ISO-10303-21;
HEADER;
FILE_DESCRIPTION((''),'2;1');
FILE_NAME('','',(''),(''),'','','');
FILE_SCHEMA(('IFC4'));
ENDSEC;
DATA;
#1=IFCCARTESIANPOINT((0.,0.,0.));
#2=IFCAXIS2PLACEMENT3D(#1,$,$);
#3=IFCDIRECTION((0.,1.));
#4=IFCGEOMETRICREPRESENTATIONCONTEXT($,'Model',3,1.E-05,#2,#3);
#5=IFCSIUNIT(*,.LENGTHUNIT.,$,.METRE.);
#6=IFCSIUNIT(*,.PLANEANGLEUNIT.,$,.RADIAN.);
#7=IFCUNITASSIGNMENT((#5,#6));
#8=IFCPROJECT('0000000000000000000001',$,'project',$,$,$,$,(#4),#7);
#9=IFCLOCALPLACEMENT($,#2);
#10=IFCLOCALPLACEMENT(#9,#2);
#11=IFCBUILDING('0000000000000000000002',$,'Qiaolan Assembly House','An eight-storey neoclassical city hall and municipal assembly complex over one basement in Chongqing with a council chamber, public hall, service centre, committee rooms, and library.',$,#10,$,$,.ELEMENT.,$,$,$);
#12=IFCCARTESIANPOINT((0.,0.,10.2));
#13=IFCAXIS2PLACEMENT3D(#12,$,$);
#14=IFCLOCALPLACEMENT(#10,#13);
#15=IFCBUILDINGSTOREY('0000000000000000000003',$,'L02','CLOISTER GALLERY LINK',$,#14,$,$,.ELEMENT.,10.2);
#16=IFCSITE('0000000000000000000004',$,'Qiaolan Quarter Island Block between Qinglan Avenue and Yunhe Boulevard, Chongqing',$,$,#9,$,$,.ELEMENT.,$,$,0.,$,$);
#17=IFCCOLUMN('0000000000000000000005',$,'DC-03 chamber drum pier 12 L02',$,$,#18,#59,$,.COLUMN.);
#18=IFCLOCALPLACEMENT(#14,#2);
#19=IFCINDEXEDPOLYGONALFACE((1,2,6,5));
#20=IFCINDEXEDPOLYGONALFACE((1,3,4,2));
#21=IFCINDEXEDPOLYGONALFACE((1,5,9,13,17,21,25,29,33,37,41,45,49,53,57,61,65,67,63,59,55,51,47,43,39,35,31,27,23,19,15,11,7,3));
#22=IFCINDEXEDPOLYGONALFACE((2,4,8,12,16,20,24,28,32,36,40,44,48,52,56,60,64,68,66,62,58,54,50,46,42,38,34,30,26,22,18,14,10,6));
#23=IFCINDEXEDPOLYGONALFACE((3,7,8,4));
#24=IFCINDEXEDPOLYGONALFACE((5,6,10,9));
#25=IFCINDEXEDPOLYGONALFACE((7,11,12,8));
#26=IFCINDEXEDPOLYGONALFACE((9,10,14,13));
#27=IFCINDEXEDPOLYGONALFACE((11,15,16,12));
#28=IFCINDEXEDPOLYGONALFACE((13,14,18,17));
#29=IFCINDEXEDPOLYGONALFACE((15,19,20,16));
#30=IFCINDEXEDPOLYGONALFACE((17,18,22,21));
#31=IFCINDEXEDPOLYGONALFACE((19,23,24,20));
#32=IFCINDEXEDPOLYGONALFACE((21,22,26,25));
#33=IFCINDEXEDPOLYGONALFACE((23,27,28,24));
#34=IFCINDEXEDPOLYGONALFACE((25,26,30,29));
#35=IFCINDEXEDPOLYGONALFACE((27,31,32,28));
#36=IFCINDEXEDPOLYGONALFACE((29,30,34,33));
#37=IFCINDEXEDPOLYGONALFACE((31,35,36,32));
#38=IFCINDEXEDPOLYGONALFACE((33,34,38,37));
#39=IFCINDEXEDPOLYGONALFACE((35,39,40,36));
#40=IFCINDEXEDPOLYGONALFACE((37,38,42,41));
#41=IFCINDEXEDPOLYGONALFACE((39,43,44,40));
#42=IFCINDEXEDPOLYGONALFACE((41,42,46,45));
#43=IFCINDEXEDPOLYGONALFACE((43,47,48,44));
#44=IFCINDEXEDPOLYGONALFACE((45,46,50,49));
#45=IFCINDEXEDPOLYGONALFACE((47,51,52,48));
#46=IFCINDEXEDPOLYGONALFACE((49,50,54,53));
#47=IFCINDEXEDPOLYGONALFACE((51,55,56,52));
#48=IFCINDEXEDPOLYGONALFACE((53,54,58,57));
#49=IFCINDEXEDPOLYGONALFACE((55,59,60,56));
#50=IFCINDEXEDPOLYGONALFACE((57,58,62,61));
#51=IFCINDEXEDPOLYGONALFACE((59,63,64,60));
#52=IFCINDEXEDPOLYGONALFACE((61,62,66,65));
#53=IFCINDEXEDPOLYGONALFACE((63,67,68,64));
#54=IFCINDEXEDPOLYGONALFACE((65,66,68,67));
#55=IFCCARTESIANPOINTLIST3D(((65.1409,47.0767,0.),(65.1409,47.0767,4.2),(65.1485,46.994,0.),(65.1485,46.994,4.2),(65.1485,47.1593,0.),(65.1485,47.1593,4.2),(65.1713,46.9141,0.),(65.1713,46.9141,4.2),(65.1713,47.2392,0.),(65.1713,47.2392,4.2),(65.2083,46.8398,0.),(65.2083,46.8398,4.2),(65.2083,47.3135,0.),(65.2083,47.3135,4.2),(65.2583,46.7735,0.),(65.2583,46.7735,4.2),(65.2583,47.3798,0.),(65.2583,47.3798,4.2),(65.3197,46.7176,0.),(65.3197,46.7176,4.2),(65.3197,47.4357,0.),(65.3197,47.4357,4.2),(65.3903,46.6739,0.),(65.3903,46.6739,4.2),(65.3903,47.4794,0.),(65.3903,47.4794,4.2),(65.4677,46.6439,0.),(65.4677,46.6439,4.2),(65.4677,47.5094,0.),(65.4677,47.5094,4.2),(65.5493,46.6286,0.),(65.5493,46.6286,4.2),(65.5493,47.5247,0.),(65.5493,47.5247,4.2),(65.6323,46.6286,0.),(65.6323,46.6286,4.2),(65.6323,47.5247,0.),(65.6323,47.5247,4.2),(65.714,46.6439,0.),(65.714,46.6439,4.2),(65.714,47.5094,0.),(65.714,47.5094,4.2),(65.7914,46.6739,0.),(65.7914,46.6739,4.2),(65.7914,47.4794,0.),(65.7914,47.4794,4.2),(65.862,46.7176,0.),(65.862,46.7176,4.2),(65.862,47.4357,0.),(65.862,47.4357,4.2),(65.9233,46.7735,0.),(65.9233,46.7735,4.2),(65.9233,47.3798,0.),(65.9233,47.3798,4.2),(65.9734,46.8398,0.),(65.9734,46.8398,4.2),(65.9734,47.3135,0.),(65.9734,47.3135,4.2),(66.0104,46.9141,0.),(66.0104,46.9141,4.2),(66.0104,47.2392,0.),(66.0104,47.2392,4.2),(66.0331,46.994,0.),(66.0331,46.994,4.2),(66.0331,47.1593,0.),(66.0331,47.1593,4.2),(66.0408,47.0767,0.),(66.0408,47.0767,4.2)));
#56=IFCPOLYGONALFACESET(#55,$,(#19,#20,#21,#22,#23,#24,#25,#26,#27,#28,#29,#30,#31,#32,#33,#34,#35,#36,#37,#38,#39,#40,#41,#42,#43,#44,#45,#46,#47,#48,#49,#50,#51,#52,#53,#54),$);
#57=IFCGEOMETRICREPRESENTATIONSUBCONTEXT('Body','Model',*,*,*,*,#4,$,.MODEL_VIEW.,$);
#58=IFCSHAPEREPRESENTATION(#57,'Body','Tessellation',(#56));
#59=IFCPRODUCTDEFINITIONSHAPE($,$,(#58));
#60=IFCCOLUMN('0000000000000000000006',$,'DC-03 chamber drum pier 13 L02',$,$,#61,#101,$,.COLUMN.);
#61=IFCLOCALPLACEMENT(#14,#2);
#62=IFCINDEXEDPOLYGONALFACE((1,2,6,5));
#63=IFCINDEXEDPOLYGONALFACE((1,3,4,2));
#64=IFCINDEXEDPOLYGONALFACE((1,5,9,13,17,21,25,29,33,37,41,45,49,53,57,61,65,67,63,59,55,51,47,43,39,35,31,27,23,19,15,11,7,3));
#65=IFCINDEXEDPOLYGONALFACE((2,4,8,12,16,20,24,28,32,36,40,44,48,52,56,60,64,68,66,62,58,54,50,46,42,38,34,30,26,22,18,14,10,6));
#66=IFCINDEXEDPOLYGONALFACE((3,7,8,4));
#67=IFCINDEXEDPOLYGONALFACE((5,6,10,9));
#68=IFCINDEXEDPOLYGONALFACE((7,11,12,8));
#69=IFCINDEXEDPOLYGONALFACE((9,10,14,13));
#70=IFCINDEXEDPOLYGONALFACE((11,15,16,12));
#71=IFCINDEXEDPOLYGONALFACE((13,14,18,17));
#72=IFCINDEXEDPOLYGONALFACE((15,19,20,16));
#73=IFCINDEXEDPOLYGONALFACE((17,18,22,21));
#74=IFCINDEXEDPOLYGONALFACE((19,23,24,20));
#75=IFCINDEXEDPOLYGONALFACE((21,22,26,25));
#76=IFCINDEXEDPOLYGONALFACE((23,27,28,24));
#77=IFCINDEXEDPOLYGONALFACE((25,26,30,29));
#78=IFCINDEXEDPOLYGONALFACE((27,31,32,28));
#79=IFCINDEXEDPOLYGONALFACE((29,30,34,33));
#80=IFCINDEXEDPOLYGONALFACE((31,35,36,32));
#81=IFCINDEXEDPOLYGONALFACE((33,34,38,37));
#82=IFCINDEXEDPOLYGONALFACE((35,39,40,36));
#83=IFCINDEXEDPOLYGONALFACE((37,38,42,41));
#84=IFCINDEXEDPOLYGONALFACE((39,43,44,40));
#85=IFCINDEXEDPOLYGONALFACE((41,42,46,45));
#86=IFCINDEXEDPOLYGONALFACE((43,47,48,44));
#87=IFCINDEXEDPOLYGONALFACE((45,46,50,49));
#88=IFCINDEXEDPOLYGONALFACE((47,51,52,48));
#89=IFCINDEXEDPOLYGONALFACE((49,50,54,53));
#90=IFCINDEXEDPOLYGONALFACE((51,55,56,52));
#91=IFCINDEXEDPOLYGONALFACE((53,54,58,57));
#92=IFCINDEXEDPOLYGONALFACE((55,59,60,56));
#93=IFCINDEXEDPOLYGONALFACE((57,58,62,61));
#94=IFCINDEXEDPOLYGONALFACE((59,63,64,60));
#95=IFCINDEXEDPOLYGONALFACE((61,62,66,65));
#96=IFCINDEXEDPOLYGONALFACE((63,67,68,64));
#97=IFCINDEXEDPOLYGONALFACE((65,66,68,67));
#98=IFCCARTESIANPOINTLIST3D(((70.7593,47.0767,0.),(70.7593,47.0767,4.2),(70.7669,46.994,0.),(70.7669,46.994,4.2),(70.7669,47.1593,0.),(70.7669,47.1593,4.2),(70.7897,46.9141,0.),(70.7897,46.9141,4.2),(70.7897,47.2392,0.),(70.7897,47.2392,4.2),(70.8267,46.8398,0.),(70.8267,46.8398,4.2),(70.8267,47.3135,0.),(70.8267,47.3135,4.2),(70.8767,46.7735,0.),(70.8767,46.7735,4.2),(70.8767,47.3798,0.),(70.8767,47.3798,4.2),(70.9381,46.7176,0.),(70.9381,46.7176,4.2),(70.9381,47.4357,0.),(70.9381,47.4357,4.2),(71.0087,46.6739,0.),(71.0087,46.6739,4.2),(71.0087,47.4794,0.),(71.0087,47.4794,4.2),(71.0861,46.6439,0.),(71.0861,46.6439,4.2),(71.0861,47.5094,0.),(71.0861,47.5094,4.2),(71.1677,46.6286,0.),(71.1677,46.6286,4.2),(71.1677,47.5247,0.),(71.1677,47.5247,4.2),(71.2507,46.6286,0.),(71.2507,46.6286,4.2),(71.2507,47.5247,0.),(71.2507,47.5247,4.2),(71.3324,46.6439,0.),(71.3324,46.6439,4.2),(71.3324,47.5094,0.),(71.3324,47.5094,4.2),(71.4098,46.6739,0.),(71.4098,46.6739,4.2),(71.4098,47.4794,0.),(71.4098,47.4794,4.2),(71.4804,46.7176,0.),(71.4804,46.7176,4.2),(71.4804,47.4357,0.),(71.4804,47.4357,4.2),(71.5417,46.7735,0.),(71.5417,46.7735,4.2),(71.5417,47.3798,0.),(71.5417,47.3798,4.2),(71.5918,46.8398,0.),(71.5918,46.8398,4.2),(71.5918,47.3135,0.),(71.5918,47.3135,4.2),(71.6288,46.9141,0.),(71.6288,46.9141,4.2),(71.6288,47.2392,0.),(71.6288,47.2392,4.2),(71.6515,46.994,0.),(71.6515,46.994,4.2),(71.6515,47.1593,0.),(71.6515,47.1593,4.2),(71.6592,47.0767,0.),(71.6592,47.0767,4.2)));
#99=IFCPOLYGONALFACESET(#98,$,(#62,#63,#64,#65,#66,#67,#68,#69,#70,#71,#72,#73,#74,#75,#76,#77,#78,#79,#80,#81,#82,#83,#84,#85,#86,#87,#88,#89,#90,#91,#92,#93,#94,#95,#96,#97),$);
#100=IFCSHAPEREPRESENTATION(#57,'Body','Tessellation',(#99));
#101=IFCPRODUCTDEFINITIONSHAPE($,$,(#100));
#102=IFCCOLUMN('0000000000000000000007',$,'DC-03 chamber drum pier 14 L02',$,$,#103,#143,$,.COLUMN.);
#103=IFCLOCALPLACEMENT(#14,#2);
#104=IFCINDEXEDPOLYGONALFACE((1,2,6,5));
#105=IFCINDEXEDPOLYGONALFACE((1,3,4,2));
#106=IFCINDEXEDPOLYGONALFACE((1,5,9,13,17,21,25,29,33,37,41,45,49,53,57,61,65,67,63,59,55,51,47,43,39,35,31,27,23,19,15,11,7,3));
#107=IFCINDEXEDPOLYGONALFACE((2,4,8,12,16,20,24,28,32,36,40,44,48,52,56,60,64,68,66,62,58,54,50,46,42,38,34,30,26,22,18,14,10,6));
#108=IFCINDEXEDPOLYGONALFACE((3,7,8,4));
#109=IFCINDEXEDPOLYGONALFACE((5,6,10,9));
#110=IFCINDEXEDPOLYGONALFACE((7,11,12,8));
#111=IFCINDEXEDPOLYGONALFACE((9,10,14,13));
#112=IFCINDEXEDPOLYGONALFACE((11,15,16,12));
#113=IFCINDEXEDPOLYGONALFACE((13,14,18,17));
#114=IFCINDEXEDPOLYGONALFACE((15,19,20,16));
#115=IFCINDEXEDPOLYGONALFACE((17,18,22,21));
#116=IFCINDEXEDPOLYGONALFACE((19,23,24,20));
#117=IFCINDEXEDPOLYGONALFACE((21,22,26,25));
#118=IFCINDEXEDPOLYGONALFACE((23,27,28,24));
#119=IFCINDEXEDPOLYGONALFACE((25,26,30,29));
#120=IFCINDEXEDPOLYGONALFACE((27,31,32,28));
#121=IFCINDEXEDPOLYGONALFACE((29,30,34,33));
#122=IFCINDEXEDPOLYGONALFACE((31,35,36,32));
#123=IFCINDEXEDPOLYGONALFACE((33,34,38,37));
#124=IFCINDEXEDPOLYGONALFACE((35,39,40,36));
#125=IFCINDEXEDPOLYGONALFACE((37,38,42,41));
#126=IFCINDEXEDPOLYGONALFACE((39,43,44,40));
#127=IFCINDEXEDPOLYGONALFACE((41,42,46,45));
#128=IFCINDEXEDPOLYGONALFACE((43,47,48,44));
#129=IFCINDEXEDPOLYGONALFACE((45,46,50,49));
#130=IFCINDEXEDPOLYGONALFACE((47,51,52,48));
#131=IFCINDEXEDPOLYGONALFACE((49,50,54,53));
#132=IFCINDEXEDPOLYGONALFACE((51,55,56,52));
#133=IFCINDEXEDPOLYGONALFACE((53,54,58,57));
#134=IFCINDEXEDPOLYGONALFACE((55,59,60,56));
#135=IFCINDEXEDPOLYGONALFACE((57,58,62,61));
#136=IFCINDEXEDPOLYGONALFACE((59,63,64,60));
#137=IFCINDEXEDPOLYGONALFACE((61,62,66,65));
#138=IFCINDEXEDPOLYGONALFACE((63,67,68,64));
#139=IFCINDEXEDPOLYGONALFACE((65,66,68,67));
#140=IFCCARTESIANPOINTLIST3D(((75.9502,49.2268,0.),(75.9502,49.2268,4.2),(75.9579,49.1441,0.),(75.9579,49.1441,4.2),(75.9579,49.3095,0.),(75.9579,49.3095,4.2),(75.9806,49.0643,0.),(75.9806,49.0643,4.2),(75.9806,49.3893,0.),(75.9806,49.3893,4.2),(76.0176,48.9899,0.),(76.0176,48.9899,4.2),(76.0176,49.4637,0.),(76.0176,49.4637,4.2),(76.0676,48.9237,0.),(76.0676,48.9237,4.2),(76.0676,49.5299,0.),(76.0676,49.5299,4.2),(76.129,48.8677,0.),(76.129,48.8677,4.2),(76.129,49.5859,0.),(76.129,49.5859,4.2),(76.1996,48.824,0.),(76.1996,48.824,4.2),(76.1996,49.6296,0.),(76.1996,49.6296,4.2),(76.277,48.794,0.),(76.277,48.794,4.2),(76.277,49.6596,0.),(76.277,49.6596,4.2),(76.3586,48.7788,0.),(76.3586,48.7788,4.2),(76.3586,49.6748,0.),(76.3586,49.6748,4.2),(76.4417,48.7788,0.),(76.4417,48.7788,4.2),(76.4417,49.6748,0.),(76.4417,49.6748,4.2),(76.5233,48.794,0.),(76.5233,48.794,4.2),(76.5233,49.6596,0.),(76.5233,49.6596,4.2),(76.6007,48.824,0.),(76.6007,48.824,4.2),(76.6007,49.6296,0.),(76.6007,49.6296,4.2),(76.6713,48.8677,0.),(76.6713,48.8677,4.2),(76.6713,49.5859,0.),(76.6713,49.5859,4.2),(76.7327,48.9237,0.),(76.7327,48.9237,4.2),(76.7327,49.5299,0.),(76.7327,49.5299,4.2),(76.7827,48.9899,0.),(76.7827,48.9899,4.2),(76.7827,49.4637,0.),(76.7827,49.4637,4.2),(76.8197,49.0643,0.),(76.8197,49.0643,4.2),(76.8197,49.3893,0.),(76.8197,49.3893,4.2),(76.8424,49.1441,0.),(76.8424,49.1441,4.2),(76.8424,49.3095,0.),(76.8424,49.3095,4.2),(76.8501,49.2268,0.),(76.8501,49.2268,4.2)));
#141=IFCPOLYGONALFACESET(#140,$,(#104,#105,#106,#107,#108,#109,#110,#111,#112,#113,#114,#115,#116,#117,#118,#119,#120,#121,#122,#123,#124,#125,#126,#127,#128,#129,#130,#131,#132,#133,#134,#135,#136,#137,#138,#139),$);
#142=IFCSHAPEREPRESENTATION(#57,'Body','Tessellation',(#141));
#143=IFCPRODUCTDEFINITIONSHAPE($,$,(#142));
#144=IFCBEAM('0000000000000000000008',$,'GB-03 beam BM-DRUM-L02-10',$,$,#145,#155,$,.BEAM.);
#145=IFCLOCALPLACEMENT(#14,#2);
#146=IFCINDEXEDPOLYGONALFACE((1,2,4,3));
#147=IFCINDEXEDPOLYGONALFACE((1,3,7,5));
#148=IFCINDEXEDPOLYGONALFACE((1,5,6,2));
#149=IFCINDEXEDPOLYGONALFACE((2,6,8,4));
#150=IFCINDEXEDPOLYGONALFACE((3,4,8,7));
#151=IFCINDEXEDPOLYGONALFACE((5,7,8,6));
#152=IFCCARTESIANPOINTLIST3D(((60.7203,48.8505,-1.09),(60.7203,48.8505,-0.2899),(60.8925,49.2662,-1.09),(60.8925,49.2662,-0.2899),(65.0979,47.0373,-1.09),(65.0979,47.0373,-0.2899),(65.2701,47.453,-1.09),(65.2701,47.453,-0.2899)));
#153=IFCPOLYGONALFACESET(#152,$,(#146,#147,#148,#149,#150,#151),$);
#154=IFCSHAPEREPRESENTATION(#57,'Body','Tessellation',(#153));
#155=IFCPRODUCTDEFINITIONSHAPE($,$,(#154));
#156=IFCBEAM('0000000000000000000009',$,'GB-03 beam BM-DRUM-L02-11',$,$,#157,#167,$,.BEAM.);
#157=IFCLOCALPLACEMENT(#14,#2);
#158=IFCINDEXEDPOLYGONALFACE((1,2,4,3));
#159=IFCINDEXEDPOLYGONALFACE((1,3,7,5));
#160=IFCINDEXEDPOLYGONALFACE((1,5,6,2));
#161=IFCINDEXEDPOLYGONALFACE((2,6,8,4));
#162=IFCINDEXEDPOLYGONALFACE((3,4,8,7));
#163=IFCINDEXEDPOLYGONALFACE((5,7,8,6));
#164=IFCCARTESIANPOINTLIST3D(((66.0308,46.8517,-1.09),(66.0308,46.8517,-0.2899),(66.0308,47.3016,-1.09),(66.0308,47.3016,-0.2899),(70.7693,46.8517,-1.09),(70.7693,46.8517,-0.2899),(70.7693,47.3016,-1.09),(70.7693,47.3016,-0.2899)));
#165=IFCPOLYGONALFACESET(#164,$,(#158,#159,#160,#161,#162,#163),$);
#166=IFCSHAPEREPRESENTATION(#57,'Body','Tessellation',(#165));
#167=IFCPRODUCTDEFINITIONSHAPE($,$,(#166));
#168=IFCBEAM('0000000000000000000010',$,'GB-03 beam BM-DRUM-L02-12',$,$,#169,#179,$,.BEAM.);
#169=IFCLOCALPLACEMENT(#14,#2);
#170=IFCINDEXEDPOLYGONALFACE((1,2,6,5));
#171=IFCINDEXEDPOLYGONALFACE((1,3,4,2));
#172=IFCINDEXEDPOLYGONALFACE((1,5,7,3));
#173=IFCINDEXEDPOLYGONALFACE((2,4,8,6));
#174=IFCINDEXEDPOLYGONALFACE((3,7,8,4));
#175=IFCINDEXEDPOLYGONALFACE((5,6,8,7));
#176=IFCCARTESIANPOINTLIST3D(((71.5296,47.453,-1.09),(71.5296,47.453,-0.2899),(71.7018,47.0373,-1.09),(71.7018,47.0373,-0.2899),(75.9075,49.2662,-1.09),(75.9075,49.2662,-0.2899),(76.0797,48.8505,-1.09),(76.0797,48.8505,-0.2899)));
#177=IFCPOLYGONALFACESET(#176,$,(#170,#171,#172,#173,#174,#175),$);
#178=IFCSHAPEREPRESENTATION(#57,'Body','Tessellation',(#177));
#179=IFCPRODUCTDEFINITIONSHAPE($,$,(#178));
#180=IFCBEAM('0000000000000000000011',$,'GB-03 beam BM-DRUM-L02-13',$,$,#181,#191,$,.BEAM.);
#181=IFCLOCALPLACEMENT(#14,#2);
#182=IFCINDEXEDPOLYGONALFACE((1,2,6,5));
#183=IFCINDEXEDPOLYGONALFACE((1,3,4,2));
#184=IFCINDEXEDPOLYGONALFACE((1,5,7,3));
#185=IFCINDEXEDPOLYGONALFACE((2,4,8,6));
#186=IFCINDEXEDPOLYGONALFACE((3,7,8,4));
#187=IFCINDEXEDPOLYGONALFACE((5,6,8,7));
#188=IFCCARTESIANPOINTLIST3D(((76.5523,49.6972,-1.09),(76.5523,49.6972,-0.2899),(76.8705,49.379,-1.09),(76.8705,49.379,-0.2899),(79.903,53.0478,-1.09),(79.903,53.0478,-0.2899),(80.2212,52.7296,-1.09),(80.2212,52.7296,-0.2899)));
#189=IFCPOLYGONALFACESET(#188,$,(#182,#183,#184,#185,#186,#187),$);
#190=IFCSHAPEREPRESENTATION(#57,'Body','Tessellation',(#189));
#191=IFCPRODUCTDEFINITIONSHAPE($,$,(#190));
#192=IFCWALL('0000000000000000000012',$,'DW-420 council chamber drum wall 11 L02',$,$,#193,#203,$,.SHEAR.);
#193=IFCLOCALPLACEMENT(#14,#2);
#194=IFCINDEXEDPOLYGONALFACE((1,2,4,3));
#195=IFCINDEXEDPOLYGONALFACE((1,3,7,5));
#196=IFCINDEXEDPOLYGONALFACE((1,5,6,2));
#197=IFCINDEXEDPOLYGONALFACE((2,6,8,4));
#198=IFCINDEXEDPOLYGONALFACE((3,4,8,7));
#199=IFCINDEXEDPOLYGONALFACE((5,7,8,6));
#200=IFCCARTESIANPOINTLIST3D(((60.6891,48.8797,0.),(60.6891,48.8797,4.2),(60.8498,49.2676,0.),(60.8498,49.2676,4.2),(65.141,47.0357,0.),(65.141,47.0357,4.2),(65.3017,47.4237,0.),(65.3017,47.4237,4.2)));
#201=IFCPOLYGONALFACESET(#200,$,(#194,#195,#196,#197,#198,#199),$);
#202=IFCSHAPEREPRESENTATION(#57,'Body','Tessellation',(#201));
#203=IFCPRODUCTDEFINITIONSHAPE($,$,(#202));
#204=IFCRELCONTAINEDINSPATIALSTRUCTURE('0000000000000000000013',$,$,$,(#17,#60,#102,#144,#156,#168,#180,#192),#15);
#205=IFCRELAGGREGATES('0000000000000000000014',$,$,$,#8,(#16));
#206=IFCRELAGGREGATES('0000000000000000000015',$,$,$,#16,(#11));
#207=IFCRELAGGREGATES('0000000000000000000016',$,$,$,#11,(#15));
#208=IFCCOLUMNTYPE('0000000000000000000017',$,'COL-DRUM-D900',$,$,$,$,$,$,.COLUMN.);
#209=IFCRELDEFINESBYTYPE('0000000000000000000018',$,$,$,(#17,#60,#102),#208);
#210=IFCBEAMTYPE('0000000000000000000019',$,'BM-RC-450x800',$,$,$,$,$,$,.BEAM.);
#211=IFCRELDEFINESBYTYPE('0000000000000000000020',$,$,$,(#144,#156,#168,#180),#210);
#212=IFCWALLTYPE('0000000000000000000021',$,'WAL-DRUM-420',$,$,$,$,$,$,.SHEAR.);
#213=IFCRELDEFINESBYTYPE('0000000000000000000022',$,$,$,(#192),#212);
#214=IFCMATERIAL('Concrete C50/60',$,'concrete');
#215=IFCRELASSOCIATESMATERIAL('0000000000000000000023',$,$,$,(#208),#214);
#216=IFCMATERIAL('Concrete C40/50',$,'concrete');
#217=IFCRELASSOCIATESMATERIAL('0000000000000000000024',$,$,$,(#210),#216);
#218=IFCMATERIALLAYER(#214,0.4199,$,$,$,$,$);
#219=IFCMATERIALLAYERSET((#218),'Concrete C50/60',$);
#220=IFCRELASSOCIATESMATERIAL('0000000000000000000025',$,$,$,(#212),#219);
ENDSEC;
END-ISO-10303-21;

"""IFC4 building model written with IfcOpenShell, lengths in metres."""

from ifc_helpers import new_model, si_unit, direction, frame, frame_2d, origin, origin_2d, place, context, subcontext, project, spatial, rectangle, circle, extrude, material, layer, layer_set, material_profile, profile_set, type_object, element, save


model = new_model("IFC4")

# Units and contexts
model_context = context("Model", 3, precision=1e-05, world=origin(), true_north=direction((0.0, 1.0)))
body_context = subcontext(model_context, "Body", "Model", "MODEL_VIEW")
ifc_project = project(units=[si_unit("LENGTHUNIT", "METRE"), si_unit("PLANEANGLEUNIT", "RADIAN")], contexts=[model_context])

# Site, building, storey
site_placement = place(None, origin())
site = spatial("IfcSite", under=ifc_project, at=site_placement, Name="Qiaolan Quarter Island Block between Qinglan Avenue and Yunhe Boulevard, Chongqing", CompositionType="ELEMENT", RefElevation=0.0)
building_placement = place(site_placement, origin())
building = spatial("IfcBuilding", under=site, at=building_placement, Name="Qiaolan Assembly House", Description="An eight-storey neoclassical city hall and municipal assembly complex over one basement in Chongqing with a council chamber, public hall, service centre, committee rooms, and library.", CompositionType="ELEMENT")
storey_placement = place(building_placement, frame((0.0, 0.0, 10.2)))
storey = spatial("IfcBuildingStorey", under=building, at=storey_placement, Name="L02", Description="CLOISTER GALLERY LINK", CompositionType="ELEMENT", Elevation=10.2)

# Columns
ifc_material_1 = material(Name="Concrete C50/60", Category="concrete")
ifc_material_profile_1 = material_profile(ifc_material_1, circle(Radius=0.45, at=origin_2d()), Name="CIRC D900")
ifc_profile_set_1 = profile_set([ifc_material_profile_1], Name="Concrete C50/60")
column_type = type_object("IfcColumnType", Name="COL-DRUM-D900", PredefinedType="COLUMN", material=ifc_profile_set_1)
for number, where, z_axis, x_axis, name in (
    (1, (65.5908, 47.0767, 0.0), (0.0, 0.0, 1.0), (1.0, 0.0, 0.0), "DC-03 chamber drum pier 12 L02"),
    (2, (71.2092, 47.0767, 0.0), (0.0, 0.0, 1.0), (1.0, 0.0, 0.0), "DC-03 chamber drum pier 13 L02"),
    (3, (76.4001, 49.2268, 0.0), (0.0, 0.0, 1.0), (1.0, 0.0, 0.0), "DC-03 chamber drum pier 14 L02"),
):
    element("IfcColumn", number, at=place(storey_placement, frame(where, z_axis=z_axis, x_axis=x_axis)), inside=storey, type_object=column_type, Name=name, PredefinedType="COLUMN", context=body_context, shape_type="SweptSolid", body=[
        extrude(circle(Radius=0.45, at=origin_2d()), origin(), (0.0, 0.0, 1.0), 4.2),
    ])

# Beams
ifc_material_2 = material(Name="Concrete C40/50", Category="concrete")
ifc_material_profile_2 = material_profile(ifc_material_2, rectangle(XDim=0.45, YDim=0.8, at=origin_2d()), Name="RCB 450x800")
ifc_profile_set_2 = profile_set([ifc_material_profile_2], Name="Concrete C40/50")
beam_type = type_object("IfcBeamType", Name="BM-RC-450x800", PredefinedType="BEAM", material=ifc_profile_set_2)
beam_placement = place(storey_placement, frame((60.8064, 49.0583, -0.6899), z_axis=(0.923884, -0.382672, 0.0), x_axis=(0.382672, 0.923884, 0.0)))
element("IfcBeam", 4, at=beam_placement, inside=storey, type_object=beam_type, Name="GB-03 beam BM-DRUM-L02-10", PredefinedType="BEAM", context=body_context, shape_type="SweptSolid", body=[
    extrude(rectangle(XDim=0.45, YDim=0.8, at=origin_2d()), origin(), (0.0, 0.0, 1.0), 4.7383),
])
for number, where, z_axis, x_axis, name in (
    (5, (66.0308, 47.0767, -0.6899), (1.0, 0.0, 0.0), (0.0, 1.0, 0.0), "GB-03 beam BM-DRUM-L02-11"),
    (6, (71.6157, 47.2451, -0.6899), (0.923892, 0.382654, 0.0), (-0.382654, 0.923892, 0.0), "GB-03 beam BM-DRUM-L02-12"),
    (7, (76.7114, 49.5381, -0.6899), (0.707107, 0.707107, 0.0), (-0.707107, 0.707107, 0.0), "GB-03 beam BM-DRUM-L02-13"),
):
    element("IfcBeam", number, at=place(storey_placement, frame(where, z_axis=z_axis, x_axis=x_axis)), inside=storey, type_object=beam_type, Name=name, PredefinedType="BEAM", context=body_context, shape_type="SweptSolid", body=[
        extrude(rectangle(XDim=0.45, YDim=0.8, at=origin_2d()), origin(), (0.0, 0.0, 1.0), 4.7385),
    ])

# Wall
ifc_layer = layer(ifc_material_1, 0.4199)
ifc_layer_set = layer_set([ifc_layer], Name="Concrete C50/60")
wall_type = type_object("IfcWallType", Name="WAL-DRUM-420", PredefinedType="SHEAR", material=ifc_layer_set)
for number, where, z_axis, x_axis, name in (
    (8, (65.2212, 47.2297, 0.0), (0.0, 0.0, 1.0), (-0.923883, 0.382675, 0.0), "DW-420 council chamber drum wall 11 L02"),
):
    element("IfcWall", number, at=place(storey_placement, frame(where, z_axis=z_axis, x_axis=x_axis)), inside=storey, type_object=wall_type, Name=name, PredefinedType="SHEAR", context=body_context, shape_type="SweptSolid", body=[
        extrude(rectangle(XDim=4.8186, YDim=0.4199, at=frame_2d((2.4092, 0.0))), origin(), (0.0, 0.0, 1.0), 4.2),
    ])

save(model, "model.ifc")
